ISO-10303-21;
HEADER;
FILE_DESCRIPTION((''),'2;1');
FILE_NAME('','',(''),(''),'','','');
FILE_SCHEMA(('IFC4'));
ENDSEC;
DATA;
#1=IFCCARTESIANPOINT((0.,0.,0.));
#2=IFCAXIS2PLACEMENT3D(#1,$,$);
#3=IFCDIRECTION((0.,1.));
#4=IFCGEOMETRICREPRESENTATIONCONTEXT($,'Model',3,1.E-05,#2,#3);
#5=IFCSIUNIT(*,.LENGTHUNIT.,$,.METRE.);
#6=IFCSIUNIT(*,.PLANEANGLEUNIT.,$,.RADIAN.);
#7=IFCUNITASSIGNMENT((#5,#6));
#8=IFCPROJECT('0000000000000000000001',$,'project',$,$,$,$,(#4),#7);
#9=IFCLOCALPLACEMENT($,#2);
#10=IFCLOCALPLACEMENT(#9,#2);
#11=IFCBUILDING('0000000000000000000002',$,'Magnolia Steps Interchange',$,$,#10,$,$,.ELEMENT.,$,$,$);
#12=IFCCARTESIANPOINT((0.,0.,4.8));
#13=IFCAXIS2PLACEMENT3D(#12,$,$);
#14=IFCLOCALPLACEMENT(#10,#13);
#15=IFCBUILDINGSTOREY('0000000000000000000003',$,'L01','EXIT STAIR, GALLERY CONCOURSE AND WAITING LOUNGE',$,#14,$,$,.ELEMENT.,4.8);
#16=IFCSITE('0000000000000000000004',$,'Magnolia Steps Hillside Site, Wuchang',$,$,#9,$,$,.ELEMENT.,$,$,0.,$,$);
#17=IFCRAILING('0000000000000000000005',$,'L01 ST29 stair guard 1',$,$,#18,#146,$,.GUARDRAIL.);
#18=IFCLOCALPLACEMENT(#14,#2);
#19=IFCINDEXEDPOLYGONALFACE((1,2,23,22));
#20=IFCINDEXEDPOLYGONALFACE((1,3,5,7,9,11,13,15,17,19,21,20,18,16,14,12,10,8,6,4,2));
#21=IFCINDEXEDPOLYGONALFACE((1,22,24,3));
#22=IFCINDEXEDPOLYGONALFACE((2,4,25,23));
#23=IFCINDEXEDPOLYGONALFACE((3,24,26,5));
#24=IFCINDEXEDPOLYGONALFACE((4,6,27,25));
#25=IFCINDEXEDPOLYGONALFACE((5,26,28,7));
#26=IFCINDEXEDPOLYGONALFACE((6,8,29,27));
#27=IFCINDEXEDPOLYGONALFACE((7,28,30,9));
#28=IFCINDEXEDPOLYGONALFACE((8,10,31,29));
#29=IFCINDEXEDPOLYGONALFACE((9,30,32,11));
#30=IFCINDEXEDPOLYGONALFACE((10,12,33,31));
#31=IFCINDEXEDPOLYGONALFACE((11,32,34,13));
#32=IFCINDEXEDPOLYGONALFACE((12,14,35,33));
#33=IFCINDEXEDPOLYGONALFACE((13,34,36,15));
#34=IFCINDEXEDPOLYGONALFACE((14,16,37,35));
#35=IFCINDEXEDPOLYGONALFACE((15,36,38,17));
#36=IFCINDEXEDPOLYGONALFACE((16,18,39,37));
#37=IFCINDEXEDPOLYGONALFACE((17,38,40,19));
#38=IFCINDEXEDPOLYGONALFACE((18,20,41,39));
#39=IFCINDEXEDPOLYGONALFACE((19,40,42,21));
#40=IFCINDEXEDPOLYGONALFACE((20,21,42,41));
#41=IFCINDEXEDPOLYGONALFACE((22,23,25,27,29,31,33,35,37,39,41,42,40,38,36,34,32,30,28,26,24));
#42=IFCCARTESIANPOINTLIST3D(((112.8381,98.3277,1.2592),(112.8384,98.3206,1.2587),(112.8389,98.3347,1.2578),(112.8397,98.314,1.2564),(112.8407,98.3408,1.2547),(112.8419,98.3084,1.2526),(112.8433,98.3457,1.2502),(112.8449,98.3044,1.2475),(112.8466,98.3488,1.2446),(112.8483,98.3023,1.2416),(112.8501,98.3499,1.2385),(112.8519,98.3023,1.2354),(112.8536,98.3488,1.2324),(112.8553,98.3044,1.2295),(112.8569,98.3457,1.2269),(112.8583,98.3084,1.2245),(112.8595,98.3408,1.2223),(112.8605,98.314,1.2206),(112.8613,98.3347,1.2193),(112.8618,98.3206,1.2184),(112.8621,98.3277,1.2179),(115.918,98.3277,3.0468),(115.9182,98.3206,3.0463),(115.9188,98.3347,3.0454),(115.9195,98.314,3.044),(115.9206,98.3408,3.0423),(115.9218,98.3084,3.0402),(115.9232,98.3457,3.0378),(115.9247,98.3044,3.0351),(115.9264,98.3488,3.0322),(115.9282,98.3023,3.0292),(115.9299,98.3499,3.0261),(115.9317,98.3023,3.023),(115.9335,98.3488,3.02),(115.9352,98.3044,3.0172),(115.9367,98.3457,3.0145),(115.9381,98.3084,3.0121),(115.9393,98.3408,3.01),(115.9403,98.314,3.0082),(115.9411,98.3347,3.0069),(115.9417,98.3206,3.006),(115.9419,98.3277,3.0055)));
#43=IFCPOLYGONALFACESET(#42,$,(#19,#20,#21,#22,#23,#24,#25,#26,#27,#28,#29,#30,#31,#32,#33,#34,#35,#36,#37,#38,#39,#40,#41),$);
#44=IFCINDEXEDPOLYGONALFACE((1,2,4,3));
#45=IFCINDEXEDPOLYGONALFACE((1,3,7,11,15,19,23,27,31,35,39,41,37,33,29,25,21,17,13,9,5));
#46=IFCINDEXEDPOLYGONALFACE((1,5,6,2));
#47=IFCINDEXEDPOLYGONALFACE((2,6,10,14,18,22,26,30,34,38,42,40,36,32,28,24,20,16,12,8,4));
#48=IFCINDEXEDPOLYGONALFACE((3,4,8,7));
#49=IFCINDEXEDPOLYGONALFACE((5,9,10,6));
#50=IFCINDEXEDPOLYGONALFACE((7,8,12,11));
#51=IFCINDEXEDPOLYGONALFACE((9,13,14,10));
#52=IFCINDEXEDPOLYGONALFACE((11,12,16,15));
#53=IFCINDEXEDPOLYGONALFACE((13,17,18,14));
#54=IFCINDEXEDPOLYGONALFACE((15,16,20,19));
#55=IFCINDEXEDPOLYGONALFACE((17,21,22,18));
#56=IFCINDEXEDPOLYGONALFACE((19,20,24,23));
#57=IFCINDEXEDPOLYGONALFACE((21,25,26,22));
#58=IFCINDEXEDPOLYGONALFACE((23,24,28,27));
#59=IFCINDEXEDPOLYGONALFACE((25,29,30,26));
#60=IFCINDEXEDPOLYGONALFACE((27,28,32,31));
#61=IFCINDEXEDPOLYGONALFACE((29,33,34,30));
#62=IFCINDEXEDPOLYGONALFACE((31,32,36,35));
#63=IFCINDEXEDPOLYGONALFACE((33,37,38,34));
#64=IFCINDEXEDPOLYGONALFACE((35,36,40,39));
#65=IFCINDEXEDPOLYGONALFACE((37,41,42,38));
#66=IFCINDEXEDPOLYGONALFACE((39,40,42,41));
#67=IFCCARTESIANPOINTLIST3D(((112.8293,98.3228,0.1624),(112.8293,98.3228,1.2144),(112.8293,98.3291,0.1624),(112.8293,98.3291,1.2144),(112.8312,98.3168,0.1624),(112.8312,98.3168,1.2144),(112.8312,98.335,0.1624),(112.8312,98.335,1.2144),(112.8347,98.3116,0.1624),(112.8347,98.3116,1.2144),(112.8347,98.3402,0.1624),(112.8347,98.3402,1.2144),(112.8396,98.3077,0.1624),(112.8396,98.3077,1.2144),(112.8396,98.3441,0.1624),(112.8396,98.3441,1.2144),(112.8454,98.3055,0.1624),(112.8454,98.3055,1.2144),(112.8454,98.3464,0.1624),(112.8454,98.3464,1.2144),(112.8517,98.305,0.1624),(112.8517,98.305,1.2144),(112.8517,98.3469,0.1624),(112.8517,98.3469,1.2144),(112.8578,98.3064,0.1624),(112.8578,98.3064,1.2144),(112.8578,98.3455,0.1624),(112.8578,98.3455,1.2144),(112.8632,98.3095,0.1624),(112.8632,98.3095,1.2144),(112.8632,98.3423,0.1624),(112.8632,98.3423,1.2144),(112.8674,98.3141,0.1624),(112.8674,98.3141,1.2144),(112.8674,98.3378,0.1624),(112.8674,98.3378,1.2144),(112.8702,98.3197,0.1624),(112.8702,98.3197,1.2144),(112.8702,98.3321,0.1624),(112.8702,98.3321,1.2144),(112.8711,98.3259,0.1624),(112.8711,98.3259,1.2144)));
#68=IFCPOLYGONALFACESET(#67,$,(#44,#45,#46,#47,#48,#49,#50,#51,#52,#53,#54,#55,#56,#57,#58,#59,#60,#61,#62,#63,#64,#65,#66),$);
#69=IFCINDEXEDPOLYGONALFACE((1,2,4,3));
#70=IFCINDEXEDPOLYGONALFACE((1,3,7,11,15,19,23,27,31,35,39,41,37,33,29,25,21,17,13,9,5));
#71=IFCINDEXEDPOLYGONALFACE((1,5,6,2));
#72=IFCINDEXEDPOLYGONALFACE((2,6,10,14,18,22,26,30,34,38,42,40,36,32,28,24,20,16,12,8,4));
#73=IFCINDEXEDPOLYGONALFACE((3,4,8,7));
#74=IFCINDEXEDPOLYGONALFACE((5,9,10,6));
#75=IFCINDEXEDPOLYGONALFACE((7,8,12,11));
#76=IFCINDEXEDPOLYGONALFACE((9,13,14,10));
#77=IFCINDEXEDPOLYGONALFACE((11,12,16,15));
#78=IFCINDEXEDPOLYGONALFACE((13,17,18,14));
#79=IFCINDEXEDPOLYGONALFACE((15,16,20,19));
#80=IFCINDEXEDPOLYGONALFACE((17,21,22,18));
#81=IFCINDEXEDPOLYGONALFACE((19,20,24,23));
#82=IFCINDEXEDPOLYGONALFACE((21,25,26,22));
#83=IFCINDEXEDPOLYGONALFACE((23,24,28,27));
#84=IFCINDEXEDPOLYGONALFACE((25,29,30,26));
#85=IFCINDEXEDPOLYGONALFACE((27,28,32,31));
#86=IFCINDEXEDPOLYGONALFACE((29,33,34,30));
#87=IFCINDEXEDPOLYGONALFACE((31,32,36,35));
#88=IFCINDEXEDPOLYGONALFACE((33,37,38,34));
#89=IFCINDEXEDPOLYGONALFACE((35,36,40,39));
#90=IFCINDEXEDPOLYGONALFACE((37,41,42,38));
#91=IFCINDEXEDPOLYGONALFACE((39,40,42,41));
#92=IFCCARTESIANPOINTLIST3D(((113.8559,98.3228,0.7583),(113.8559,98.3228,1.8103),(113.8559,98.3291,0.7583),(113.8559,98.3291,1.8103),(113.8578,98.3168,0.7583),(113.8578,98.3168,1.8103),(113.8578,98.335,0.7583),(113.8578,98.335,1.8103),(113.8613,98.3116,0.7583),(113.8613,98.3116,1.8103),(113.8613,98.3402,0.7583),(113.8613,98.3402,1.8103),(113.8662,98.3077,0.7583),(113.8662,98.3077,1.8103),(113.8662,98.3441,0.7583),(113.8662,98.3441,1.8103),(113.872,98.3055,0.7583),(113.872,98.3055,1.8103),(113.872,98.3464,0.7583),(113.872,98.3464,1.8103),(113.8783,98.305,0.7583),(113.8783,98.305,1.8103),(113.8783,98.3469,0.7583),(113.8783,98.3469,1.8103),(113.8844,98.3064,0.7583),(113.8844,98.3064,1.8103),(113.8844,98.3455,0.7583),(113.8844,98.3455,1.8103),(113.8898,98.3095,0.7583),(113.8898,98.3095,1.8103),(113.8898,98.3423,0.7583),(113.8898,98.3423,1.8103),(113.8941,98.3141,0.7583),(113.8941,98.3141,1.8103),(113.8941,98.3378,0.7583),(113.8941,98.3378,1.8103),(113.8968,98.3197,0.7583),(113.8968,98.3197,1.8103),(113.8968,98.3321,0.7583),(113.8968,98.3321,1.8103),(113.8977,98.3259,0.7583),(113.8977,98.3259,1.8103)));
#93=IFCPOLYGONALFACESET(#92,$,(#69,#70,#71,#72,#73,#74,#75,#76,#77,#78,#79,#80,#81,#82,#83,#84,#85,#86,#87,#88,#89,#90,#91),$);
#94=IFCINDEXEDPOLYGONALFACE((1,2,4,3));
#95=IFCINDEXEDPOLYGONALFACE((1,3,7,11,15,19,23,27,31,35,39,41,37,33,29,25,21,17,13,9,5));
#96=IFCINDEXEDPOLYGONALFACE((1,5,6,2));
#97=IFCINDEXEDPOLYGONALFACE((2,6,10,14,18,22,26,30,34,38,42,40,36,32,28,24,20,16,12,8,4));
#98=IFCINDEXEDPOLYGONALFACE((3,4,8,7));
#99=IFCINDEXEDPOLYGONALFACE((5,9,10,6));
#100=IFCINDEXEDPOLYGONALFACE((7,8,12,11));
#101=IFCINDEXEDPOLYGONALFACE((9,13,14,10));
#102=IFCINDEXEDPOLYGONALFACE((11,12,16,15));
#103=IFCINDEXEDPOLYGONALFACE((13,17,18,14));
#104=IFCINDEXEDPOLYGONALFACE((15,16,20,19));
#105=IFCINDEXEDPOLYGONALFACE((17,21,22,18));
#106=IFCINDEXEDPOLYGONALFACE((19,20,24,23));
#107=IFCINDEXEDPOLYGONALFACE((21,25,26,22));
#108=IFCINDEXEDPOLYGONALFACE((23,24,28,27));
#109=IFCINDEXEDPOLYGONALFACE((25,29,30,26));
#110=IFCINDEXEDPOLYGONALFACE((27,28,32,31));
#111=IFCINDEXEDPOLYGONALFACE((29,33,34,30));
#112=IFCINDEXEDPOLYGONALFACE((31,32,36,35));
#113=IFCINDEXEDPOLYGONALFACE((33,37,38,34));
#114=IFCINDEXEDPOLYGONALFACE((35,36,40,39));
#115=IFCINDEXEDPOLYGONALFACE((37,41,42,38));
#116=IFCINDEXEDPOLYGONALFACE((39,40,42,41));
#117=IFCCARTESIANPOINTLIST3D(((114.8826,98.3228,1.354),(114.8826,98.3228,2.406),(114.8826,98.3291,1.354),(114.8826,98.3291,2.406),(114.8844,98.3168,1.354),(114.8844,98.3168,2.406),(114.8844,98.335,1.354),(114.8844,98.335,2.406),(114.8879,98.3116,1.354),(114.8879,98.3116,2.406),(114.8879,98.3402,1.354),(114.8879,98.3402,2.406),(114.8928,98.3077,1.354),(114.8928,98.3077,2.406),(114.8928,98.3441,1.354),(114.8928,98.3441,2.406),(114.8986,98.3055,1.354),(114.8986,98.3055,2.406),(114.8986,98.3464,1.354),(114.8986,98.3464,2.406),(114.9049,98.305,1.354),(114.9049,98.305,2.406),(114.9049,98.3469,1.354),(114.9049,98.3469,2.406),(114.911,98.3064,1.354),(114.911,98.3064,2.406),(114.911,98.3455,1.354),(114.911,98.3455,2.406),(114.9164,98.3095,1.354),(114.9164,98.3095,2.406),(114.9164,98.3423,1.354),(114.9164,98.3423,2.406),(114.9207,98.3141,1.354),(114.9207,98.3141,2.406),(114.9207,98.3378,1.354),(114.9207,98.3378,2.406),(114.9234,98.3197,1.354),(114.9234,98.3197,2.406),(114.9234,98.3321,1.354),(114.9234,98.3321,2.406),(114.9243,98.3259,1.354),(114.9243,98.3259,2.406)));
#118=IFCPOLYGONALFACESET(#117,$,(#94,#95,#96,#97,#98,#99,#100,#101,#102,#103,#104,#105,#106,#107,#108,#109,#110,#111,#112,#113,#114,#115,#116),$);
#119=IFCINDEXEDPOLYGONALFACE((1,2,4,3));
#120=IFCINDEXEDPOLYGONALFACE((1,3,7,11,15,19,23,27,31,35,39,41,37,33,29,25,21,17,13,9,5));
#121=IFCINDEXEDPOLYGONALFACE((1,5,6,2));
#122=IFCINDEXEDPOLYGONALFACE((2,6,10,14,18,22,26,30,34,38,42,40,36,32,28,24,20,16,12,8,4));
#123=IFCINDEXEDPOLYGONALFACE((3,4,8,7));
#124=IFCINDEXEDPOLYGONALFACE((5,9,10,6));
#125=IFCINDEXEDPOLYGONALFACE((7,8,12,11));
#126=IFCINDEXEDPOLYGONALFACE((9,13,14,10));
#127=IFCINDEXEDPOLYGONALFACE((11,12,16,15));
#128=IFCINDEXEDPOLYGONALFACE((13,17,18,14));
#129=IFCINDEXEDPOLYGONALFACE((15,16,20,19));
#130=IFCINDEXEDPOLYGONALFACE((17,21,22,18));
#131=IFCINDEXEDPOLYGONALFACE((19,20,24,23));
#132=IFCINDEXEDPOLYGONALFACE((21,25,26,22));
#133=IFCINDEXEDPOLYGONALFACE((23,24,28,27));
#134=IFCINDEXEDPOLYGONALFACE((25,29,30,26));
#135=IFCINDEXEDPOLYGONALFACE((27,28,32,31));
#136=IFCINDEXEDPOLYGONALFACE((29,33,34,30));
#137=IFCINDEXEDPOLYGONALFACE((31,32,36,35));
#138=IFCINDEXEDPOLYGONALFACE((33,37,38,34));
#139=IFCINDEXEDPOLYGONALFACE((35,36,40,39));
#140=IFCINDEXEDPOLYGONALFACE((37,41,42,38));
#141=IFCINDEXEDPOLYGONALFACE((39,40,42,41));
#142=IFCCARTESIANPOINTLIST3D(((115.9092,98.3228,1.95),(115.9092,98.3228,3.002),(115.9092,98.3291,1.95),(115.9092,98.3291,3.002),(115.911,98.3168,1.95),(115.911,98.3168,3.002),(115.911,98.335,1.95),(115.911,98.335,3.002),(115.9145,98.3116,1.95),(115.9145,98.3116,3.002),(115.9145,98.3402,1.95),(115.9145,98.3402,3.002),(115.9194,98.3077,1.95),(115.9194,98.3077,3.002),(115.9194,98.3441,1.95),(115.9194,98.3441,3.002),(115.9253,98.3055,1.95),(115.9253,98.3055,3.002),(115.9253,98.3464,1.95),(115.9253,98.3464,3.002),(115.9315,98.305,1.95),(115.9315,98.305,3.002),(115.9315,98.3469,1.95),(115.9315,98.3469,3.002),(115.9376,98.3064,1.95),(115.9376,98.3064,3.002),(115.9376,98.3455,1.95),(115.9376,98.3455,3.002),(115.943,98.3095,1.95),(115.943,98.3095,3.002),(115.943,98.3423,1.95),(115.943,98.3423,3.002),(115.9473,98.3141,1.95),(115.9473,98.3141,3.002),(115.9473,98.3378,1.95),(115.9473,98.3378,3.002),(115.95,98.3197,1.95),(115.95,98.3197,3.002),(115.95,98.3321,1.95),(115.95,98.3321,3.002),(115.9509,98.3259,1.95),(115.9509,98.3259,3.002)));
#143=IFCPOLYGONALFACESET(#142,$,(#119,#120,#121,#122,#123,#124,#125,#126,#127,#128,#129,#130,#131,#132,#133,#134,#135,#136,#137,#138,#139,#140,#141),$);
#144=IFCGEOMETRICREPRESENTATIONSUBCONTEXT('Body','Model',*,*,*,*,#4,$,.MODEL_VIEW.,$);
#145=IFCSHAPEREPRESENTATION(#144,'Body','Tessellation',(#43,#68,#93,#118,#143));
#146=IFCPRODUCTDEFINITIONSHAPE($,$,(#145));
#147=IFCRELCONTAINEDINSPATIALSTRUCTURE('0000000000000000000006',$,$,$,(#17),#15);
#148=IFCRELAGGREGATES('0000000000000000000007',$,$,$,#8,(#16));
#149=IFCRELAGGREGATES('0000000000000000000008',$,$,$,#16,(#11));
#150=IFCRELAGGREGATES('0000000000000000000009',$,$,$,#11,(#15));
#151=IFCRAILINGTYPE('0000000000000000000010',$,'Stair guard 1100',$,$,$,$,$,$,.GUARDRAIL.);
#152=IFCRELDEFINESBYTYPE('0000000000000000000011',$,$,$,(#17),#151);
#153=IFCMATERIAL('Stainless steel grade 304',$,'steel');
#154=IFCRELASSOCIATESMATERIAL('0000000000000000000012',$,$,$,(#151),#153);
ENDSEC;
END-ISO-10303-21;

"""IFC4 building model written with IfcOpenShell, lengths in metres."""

from ifc_helpers import new_model, si_unit, direction, frame, origin, origin_2d, place, context, subcontext, project, spatial, circle, extrude, material, type_object, element, save


model = new_model("IFC4")

# Units and contexts
model_context = context("Model", 3, precision=1e-05, world=origin(), true_north=direction((0.0, 1.0)))
body_context = subcontext(model_context, "Body", "Model", "MODEL_VIEW")
ifc_project = project(units=[si_unit("LENGTHUNIT", "METRE"), si_unit("PLANEANGLEUNIT", "RADIAN")], contexts=[model_context])

# Site, building, storey
site_placement = place(None, origin())
site = spatial("IfcSite", under=ifc_project, at=site_placement, Name="Magnolia Steps Hillside Site, Wuchang", CompositionType="ELEMENT", RefElevation=0.0)
building_placement = place(site_placement, origin())
building = spatial("IfcBuilding", under=site, at=building_placement, Name="Magnolia Steps Interchange", CompositionType="ELEMENT")
storey_placement = place(building_placement, frame((0.0, 0.0, 4.8)))
storey = spatial("IfcBuildingStorey", under=building, at=storey_placement, Name="L01", Description="EXIT STAIR, GALLERY CONCOURSE AND WAITING LOUNGE", CompositionType="ELEMENT", Elevation=4.8)

# Railing
ifc_material_1 = material(Name="Stainless steel grade 304", Category="steel")
railing_type_1 = type_object("IfcRailingType", Name="Stair guard 1100", PredefinedType="GUARDRAIL", material=ifc_material_1)
railing_1_placement = place(storey_placement, frame((112.8501, 98.3259, 0.1624)))
element("IfcRailing", 1, at=railing_1_placement, inside=storey, type_object=railing_type_1, Name="L01 ST29 stair guard 1", PredefinedType="GUARDRAIL", context=body_context, shape_type="SweptSolid", body=[
    extrude(circle(Radius=0.0239, at=origin_2d()), frame((0.0, 0.0, 1.0762), z_axis=(0.864873, 0.0, 0.50199), x_axis=(0.0, 1.0, 0.0)), (0.0, 0.0, 1.0), 3.561),
    extrude(circle(Radius=0.021, at=origin_2d()), origin(), (0.0, 0.0, 1.0), 1.052),
    extrude(circle(Radius=0.021, at=origin_2d()), frame((1.0266, 0.0, 0.5959)), (0.0, 0.0, 1.0), 1.052),
    extrude(circle(Radius=0.021, at=origin_2d()), frame((2.0532, 0.0, 1.1917)), (0.0, 0.0, 1.0), 1.052),
    extrude(circle(Radius=0.021, at=origin_2d()), frame((3.0798, 0.0, 1.7876)), (0.0, 0.0, 1.0), 1.052),
])

save(model, "model.ifc")
